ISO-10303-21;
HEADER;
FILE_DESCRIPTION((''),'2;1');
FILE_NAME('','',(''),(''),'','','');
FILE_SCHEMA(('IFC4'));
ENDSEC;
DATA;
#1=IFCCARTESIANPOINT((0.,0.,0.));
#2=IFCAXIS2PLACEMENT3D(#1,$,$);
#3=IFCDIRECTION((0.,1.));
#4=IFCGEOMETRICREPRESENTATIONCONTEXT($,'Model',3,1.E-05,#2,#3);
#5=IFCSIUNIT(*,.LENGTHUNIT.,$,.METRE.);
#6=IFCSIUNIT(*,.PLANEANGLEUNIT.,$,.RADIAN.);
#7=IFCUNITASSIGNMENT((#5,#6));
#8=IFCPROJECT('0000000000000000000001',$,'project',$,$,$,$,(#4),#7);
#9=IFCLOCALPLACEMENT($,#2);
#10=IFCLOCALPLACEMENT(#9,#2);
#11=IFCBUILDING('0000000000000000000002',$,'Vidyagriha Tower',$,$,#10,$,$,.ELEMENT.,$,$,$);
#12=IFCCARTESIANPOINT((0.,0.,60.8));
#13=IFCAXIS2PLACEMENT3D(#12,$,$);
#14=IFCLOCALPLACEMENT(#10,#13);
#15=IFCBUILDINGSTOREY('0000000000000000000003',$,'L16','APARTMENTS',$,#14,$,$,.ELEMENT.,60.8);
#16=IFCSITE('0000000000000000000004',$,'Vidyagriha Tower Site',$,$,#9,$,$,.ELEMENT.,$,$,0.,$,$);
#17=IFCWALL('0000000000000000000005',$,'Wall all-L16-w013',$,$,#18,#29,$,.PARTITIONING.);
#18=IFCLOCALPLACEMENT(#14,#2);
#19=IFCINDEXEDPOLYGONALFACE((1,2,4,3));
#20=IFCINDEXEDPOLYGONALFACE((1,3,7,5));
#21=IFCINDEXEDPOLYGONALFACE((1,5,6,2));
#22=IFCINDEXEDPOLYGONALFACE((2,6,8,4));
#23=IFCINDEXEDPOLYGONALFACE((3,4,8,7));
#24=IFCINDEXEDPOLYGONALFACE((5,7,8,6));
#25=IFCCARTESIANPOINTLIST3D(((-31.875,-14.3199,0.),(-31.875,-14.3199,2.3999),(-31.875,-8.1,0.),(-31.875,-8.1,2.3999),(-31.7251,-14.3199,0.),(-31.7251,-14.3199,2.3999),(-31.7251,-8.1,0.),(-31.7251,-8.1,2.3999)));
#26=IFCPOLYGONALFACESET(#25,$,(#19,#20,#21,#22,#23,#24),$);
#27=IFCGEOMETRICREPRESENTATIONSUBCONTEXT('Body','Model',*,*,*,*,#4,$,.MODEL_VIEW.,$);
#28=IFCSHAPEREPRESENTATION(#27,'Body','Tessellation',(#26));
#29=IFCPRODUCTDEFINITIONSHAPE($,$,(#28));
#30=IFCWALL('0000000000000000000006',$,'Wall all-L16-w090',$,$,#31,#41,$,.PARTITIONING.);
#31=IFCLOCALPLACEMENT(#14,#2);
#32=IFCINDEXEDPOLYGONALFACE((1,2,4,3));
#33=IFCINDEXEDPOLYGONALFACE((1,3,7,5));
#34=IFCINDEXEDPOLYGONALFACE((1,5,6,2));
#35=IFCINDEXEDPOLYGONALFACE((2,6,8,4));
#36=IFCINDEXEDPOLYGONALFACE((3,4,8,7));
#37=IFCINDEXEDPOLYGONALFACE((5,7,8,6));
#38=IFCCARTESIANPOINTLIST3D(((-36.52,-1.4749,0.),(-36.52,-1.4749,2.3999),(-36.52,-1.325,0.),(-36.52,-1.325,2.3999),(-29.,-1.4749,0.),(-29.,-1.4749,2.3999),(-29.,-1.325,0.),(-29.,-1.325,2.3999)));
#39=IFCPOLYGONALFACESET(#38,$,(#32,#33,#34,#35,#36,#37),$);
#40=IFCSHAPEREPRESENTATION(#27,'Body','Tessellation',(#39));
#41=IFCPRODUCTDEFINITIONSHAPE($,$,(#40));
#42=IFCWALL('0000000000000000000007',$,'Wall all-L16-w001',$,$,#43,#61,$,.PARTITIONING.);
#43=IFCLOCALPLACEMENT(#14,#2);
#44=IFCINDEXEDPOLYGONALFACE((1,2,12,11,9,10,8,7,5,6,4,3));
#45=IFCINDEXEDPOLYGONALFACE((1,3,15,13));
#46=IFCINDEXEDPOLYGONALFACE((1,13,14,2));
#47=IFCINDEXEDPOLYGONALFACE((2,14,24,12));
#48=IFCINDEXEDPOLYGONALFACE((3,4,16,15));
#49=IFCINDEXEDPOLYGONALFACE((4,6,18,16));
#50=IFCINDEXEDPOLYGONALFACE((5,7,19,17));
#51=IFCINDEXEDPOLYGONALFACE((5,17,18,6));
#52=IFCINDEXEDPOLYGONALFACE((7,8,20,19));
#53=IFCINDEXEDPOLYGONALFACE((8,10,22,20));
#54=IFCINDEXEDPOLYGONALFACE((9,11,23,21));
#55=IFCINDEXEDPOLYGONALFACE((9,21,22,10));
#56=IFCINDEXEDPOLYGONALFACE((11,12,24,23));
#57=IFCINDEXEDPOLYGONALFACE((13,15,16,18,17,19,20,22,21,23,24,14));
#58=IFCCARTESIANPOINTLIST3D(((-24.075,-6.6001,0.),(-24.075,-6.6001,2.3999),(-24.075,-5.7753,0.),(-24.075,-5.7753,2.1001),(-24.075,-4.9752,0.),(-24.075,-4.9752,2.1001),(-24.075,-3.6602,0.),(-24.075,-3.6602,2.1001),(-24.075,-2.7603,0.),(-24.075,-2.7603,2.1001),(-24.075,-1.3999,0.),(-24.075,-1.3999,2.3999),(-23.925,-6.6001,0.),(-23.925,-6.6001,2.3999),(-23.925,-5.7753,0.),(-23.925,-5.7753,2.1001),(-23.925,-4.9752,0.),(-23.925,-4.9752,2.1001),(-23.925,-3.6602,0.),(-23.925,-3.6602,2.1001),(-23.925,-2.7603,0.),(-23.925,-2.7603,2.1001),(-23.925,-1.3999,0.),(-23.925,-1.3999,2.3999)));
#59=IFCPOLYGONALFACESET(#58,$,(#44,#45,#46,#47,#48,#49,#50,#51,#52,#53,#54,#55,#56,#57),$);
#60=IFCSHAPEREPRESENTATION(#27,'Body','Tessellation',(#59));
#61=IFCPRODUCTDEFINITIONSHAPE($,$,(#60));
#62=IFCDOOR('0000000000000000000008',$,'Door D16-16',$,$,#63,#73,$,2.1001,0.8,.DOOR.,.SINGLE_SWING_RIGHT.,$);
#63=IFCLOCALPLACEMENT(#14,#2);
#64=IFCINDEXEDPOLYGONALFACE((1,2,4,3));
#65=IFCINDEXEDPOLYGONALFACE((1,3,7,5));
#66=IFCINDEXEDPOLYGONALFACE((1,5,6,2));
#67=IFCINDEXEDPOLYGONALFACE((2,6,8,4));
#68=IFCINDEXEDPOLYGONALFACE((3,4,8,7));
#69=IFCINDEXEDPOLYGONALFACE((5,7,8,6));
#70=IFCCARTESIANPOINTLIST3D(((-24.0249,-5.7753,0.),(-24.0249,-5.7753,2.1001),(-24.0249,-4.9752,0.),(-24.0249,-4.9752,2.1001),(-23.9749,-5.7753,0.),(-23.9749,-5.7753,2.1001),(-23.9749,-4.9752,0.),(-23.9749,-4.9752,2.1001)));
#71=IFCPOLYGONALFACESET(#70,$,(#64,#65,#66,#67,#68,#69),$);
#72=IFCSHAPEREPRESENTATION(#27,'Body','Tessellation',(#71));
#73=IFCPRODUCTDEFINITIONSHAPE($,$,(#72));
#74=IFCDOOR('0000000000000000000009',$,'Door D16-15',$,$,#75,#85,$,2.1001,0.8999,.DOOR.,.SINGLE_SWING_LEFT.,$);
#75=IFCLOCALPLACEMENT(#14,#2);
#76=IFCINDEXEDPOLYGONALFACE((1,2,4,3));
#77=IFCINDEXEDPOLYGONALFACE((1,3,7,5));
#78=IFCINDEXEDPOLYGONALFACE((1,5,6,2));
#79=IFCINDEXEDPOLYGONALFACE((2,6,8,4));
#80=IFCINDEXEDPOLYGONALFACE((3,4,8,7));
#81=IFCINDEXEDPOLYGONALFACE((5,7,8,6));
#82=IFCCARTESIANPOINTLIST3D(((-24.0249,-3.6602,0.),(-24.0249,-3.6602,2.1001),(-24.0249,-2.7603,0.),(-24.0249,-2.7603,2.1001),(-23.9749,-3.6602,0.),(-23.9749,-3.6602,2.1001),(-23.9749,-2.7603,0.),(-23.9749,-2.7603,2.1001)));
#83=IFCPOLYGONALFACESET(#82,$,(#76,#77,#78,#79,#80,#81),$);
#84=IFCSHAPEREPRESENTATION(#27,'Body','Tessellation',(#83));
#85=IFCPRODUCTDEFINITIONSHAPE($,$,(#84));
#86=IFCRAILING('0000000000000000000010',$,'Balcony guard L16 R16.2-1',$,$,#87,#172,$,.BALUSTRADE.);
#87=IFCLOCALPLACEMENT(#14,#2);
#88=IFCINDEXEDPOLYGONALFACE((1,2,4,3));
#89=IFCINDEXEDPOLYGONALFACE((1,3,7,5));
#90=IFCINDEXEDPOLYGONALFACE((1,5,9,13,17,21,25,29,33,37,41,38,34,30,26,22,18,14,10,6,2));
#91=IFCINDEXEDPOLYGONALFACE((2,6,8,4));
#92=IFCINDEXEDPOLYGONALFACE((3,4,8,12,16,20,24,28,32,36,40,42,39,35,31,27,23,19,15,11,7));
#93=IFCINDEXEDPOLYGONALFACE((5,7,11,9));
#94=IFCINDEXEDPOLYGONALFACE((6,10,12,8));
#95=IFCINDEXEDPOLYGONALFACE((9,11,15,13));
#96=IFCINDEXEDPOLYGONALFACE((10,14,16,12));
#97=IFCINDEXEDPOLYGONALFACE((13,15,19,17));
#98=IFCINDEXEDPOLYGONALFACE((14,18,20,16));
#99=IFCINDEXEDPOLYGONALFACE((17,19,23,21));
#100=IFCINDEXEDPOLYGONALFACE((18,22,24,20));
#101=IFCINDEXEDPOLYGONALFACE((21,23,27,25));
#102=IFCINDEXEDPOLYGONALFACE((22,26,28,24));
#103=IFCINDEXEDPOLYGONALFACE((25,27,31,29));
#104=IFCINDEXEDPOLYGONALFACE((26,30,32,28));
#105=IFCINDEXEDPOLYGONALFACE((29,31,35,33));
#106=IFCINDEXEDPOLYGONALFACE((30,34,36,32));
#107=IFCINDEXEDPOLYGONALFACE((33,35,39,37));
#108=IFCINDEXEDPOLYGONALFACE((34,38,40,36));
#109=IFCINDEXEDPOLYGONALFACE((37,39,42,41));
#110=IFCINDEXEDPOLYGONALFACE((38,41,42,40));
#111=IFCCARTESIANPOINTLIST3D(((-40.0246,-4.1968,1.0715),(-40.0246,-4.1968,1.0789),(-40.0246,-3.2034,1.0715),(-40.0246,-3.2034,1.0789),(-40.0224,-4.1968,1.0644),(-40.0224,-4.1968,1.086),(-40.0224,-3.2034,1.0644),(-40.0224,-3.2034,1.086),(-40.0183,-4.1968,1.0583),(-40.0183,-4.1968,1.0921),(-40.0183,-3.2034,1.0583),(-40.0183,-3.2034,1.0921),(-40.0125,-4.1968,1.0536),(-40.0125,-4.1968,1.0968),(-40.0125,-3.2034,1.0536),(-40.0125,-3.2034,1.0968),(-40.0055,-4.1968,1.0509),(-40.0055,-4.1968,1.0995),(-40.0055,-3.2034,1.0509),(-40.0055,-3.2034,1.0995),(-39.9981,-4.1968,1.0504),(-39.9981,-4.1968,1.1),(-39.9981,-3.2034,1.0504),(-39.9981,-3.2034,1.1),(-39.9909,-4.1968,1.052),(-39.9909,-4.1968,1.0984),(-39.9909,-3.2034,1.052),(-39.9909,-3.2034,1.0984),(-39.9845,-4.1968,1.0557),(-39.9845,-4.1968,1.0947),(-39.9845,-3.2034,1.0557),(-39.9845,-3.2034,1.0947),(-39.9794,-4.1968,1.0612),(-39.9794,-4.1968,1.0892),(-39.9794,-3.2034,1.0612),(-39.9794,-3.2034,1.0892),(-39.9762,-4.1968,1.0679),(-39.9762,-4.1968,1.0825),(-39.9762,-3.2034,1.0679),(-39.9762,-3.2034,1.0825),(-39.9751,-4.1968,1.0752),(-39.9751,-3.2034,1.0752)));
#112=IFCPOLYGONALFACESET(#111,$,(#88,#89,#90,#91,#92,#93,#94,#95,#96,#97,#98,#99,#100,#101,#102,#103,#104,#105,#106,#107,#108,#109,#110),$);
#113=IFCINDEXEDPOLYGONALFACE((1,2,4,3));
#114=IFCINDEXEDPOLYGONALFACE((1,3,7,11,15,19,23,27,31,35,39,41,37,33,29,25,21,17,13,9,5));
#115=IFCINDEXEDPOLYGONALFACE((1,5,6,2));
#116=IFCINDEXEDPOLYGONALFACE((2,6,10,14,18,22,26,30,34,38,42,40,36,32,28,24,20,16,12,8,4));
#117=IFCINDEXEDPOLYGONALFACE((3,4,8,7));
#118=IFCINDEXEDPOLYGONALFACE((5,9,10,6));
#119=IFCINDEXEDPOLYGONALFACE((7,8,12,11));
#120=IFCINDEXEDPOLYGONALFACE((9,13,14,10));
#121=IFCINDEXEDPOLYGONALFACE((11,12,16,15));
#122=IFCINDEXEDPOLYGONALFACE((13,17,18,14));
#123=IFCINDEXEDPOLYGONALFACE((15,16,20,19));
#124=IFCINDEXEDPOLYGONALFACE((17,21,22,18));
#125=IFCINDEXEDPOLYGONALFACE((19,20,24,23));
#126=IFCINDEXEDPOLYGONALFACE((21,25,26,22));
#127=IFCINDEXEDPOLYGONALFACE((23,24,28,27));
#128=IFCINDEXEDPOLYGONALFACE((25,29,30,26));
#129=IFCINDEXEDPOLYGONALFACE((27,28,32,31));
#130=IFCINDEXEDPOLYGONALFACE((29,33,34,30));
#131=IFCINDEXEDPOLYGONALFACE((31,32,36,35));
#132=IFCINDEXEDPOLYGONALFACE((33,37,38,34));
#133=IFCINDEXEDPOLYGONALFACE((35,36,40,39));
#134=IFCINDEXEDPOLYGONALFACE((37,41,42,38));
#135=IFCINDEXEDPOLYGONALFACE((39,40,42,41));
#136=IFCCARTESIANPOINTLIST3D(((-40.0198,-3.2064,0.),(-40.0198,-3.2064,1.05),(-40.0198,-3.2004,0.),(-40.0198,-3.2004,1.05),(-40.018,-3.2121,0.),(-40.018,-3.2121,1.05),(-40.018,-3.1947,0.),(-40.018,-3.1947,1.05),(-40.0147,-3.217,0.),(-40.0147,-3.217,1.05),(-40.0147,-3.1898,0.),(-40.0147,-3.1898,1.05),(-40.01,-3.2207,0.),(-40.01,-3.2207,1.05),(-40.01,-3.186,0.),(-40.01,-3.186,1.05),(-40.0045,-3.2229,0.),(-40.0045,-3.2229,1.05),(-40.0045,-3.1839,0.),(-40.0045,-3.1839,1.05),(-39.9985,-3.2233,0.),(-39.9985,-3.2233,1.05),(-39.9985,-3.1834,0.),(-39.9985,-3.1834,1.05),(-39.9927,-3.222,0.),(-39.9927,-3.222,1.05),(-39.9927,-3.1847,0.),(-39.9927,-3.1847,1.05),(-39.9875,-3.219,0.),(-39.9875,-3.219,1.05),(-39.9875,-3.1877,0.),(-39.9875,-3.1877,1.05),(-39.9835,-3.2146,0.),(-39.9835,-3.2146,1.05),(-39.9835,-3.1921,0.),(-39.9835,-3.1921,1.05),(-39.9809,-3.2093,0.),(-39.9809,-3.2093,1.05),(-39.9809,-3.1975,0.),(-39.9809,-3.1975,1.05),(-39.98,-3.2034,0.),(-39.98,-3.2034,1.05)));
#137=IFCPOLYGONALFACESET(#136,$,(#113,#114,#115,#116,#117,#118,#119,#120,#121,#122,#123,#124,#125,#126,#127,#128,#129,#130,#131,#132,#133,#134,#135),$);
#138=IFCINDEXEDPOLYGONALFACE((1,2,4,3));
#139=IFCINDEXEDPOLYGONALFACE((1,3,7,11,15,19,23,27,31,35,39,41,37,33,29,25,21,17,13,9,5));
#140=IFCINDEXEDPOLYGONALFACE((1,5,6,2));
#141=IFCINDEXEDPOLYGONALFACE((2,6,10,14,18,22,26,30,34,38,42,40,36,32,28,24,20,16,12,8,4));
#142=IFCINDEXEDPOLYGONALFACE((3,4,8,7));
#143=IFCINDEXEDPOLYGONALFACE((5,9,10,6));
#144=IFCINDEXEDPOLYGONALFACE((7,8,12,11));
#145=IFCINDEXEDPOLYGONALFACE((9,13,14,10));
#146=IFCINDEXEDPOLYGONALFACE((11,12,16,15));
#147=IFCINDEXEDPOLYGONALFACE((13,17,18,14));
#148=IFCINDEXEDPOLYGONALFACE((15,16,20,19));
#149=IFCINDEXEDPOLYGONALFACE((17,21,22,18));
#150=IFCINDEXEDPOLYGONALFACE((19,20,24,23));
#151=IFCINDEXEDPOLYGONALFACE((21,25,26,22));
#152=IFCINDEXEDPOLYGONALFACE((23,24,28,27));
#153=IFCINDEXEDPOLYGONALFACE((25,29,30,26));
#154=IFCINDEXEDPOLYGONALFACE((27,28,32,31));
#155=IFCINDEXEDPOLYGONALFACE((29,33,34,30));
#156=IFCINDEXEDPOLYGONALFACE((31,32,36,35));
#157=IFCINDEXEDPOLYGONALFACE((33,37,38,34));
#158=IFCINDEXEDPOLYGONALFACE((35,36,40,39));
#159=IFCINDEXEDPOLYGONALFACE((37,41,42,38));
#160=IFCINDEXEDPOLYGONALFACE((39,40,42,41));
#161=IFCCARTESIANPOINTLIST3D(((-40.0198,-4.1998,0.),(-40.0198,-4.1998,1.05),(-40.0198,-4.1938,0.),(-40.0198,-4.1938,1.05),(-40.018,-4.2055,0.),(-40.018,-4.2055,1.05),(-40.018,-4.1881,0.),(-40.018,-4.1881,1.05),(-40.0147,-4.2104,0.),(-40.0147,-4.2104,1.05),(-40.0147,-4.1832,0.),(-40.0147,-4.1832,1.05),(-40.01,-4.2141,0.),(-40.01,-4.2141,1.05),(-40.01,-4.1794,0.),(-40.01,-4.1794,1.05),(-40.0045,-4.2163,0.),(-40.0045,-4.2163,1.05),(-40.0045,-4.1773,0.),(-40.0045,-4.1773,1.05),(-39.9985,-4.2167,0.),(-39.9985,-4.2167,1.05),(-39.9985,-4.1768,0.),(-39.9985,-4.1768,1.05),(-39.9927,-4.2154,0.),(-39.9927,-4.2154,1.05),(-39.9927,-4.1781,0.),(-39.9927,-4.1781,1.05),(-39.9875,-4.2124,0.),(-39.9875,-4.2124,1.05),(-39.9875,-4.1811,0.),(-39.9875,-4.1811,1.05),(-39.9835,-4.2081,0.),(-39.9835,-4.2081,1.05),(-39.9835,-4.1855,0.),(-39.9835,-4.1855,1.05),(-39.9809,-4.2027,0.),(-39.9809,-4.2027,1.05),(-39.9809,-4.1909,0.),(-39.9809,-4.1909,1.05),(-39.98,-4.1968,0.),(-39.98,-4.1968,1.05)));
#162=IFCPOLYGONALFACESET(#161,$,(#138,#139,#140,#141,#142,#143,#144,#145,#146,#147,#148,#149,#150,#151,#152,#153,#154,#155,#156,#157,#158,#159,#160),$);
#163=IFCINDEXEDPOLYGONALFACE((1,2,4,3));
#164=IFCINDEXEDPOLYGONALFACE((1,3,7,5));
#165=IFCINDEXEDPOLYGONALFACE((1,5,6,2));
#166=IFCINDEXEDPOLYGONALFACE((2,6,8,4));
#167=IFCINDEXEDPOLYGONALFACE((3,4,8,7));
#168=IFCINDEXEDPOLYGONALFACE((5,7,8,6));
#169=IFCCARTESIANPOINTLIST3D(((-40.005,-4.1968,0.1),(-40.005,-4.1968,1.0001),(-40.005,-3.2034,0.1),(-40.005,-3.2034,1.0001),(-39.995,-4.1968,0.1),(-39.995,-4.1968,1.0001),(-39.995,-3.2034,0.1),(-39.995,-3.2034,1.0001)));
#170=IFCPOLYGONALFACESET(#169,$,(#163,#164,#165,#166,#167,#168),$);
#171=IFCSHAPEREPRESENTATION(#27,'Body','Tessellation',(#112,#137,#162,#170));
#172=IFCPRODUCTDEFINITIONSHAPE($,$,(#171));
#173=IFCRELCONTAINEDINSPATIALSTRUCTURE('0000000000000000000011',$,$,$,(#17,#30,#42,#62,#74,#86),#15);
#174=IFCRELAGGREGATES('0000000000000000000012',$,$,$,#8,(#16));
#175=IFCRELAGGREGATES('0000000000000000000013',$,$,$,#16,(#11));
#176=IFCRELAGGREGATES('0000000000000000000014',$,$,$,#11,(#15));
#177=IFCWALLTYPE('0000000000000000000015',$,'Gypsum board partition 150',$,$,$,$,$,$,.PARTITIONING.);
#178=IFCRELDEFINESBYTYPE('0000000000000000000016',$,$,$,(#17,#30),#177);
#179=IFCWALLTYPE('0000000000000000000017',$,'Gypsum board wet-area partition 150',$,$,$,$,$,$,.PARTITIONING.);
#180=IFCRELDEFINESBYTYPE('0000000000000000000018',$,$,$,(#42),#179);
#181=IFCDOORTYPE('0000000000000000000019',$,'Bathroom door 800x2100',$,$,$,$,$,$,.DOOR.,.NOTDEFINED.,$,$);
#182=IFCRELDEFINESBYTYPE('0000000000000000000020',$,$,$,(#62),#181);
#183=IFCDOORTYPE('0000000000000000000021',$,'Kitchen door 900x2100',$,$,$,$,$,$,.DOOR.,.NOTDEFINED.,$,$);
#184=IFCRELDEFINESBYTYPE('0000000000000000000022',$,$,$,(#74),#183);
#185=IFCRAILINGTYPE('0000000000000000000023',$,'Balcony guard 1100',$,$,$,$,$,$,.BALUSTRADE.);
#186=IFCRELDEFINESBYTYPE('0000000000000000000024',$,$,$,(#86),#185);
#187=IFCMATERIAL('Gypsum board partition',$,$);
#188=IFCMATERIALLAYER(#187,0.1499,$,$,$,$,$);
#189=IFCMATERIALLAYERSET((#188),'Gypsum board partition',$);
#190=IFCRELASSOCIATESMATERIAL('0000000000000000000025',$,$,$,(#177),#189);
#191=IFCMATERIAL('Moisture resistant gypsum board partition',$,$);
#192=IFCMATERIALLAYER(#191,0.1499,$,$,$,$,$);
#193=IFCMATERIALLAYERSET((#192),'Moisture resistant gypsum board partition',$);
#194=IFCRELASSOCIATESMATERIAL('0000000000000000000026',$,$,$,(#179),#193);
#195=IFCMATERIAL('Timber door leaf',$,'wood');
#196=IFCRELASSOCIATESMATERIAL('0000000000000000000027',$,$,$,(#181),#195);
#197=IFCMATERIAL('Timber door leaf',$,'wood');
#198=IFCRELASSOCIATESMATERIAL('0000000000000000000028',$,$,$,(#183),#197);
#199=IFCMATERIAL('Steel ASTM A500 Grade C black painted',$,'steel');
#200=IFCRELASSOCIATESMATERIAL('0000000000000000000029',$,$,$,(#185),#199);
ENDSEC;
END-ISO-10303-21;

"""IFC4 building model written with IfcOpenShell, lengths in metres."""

from ifc_helpers import new_model, si_unit, direction, frame, frame_2d, origin, origin_2d, place, context, subcontext, project, spatial, rectangle, circle, extrude, material, layer, layer_set, type_object, element, fill, save


model = new_model("IFC4")

# Units and contexts
model_context = context("Model", 3, precision=1e-05, world=origin(), true_north=direction((0.0, 1.0)))
body_context = subcontext(model_context, "Body", "Model", "MODEL_VIEW")
ifc_project = project(units=[si_unit("LENGTHUNIT", "METRE"), si_unit("PLANEANGLEUNIT", "RADIAN")], contexts=[model_context])

# Site, building, storey
site_placement = place(None, origin())
site = spatial("IfcSite", under=ifc_project, at=site_placement, Name="Vidyagriha Tower Site", CompositionType="ELEMENT", RefElevation=0.0)
building_placement = place(site_placement, origin())
building = spatial("IfcBuilding", under=site, at=building_placement, Name="Vidyagriha Tower", CompositionType="ELEMENT")
storey_placement = place(building_placement, frame((0.0, 0.0, 60.8)))
storey = spatial("IfcBuildingStorey", under=building, at=storey_placement, Name="L16", Description="APARTMENTS", CompositionType="ELEMENT", Elevation=60.8)

# Shared definitions
ifc_material_1 = material(Name="Gypsum board partition")
ifc_layer_1 = layer(ifc_material_1, 0.1499)
ifc_layer_set_1 = layer_set([ifc_layer_1], Name="Gypsum board partition")
wall_type_1 = type_object("IfcWallType", Name="Gypsum board partition 150", PredefinedType="PARTITIONING", material=ifc_layer_set_1)

# Walls
wall_1_placement = place(storey_placement, frame((-31.8, -8.1001, 0.0), z_axis=(0.0, 0.0, 1.0), x_axis=(0.0, -1.0, 0.0)))
element("IfcWall", 1, at=wall_1_placement, inside=storey, type_object=wall_type_1, Name="Wall all-L16-w013", PredefinedType="PARTITIONING", context=body_context, shape_type="SweptSolid", body=[
    extrude(rectangle(XDim=6.22, YDim=0.1499, at=frame_2d((3.1099, 0.0))), origin(), (0.0, 0.0, 1.0), 2.3999),
])
wall_2_placement = place(storey_placement, frame((-29.0, -1.3999, 0.0), z_axis=(0.0, 0.0, 1.0), x_axis=(-1.0, 0.0, 0.0)))
element("IfcWall", 2, at=wall_2_placement, inside=storey, type_object=wall_type_1, Name="Wall all-L16-w090", PredefinedType="PARTITIONING", context=body_context, shape_type="SweptSolid", body=[
    extrude(rectangle(XDim=7.52, YDim=0.1499, at=frame_2d((3.76, 0.0))), origin(), (0.0, 0.0, 1.0), 2.3999),
])

# Wall, openings, doors
ifc_material_2 = material(Name="Moisture resistant gypsum board partition")
ifc_layer_2 = layer(ifc_material_2, 0.1499)
ifc_layer_set_2 = layer_set([ifc_layer_2], Name="Moisture resistant gypsum board partition")
wall_type_2 = type_object("IfcWallType", Name="Gypsum board wet-area partition 150", PredefinedType="PARTITIONING", material=ifc_layer_set_2)
wall_3_placement = place(storey_placement, frame((-24.0, -6.6001, 0.0), z_axis=(0.0, 0.0, 1.0), x_axis=(0.0, 1.0, 0.0)))
wall_3 = element("IfcWall", 3, at=wall_3_placement, inside=storey, type_object=wall_type_2, Name="Wall all-L16-w001", PredefinedType="PARTITIONING", context=body_context, shape_type="SweptSolid", body=[
    extrude(rectangle(XDim=5.2002, YDim=0.1499, at=frame_2d((2.6001, 0.0))), origin(), (0.0, 0.0, 1.0), 2.3999),
])
opening_1_placement = place(wall_3_placement, frame((2.9399, 0.0, 0.0)))
opening_1 = element("IfcOpeningElement", 4, at=opening_1_placement, cuts=wall_3, PredefinedType="OPENING", context=body_context, shape_type="SweptSolid", body=[
    extrude(rectangle(XDim=0.8999, YDim=2.1001, at=frame_2d((0.45, 1.05))), frame((0.0, 0.085, 0.0), z_axis=(0.0, -1.0, 0.0), x_axis=(1.0, 0.0, 0.0)), (0.0, 0.0, 1.0), 0.1699),
])
opening_2_placement = place(wall_3_placement, frame((0.825, 0.0, 0.0)))
opening_2 = element("IfcOpeningElement", 5, at=opening_2_placement, cuts=wall_3, PredefinedType="OPENING", context=body_context, shape_type="SweptSolid", body=[
    extrude(rectangle(XDim=0.8, YDim=2.1001, at=frame_2d((0.3999, 1.05))), frame((0.0, 0.085, 0.0), z_axis=(0.0, -1.0, 0.0), x_axis=(1.0, 0.0, 0.0)), (0.0, 0.0, 1.0), 0.1699),
])
ifc_material_3 = material(Name="Timber door leaf", Category="wood")
door_type_1 = type_object("IfcDoorType", Name="Bathroom door 800x2100", OperationType="NOTDEFINED", PredefinedType="DOOR", material=ifc_material_3)
door_1_placement = place(opening_2_placement, origin())
door_1 = element("IfcDoor", 6, at=door_1_placement, inside=storey, type_object=door_type_1, Name="Door D16-16", OperationType="SINGLE_SWING_RIGHT", OverallHeight=2.1001, OverallWidth=0.8, PredefinedType="DOOR", context=body_context, shape_type="SweptSolid", body=[
    extrude(rectangle(XDim=0.8, YDim=2.1001, at=frame_2d((0.3999, 1.05))), frame((0.0, 0.0249, 0.0), z_axis=(0.0, -1.0, 0.0), x_axis=(1.0, 0.0, 0.0)), (0.0, 0.0, 1.0), 0.05),
])
fill(opening_2, door_1)
ifc_material_4 = material(Name="Timber door leaf", Category="wood")
door_type_2 = type_object("IfcDoorType", Name="Kitchen door 900x2100", OperationType="NOTDEFINED", PredefinedType="DOOR", material=ifc_material_4)
door_2_placement = place(opening_1_placement, origin())
door_2 = element("IfcDoor", 7, at=door_2_placement, inside=storey, type_object=door_type_2, Name="Door D16-15", OperationType="SINGLE_SWING_LEFT", OverallHeight=2.1001, OverallWidth=0.8999, PredefinedType="DOOR", context=body_context, shape_type="SweptSolid", body=[
    extrude(rectangle(XDim=0.8999, YDim=2.1001, at=frame_2d((0.45, 1.05))), frame((0.0, 0.0249, 0.0), z_axis=(0.0, -1.0, 0.0), x_axis=(1.0, 0.0, 0.0)), (0.0, 0.0, 1.0), 0.05),
])
fill(opening_1, door_2)

# Railing
ifc_material_5 = material(Name="Steel ASTM A500 Grade C black painted", Category="steel")
railing_type_1 = type_object("IfcRailingType", Name="Balcony guard 1100", PredefinedType="BALUSTRADE", material=ifc_material_5)
railing_1_placement = place(storey_placement, frame((-40.0, -3.2034, 0.0)))
element("IfcRailing", 8, at=railing_1_placement, inside=storey, type_object=railing_type_1, Name="Balcony guard L16 R16.2-1", PredefinedType="BALUSTRADE", context=body_context, shape_type="SweptSolid", body=[
    extrude(circle(Radius=0.0249, at=origin_2d()), frame((0.0, 0.0, 1.0752), z_axis=(0.0, -1.0, 0.0), x_axis=(1.0, 0.0, 0.0)), (0.0, 0.0, 1.0), 0.9934),
    extrude(circle(Radius=0.02, at=origin_2d()), origin(), (0.0, 0.0, 1.0), 1.05),
    extrude(circle(Radius=0.02, at=origin_2d()), frame((0.0, -0.9934, 0.0)), (0.0, 0.0, 1.0), 1.05),
    extrude(rectangle(XDim=0.01, YDim=0.9001, at=origin_2d()), frame((0.0, 0.0, 0.55), z_axis=(0.0, -1.0, 0.0), x_axis=(1.0, 0.0, 0.0)), (0.0, 0.0, 1.0), 0.9934),
])

save(model, "model.ifc")
